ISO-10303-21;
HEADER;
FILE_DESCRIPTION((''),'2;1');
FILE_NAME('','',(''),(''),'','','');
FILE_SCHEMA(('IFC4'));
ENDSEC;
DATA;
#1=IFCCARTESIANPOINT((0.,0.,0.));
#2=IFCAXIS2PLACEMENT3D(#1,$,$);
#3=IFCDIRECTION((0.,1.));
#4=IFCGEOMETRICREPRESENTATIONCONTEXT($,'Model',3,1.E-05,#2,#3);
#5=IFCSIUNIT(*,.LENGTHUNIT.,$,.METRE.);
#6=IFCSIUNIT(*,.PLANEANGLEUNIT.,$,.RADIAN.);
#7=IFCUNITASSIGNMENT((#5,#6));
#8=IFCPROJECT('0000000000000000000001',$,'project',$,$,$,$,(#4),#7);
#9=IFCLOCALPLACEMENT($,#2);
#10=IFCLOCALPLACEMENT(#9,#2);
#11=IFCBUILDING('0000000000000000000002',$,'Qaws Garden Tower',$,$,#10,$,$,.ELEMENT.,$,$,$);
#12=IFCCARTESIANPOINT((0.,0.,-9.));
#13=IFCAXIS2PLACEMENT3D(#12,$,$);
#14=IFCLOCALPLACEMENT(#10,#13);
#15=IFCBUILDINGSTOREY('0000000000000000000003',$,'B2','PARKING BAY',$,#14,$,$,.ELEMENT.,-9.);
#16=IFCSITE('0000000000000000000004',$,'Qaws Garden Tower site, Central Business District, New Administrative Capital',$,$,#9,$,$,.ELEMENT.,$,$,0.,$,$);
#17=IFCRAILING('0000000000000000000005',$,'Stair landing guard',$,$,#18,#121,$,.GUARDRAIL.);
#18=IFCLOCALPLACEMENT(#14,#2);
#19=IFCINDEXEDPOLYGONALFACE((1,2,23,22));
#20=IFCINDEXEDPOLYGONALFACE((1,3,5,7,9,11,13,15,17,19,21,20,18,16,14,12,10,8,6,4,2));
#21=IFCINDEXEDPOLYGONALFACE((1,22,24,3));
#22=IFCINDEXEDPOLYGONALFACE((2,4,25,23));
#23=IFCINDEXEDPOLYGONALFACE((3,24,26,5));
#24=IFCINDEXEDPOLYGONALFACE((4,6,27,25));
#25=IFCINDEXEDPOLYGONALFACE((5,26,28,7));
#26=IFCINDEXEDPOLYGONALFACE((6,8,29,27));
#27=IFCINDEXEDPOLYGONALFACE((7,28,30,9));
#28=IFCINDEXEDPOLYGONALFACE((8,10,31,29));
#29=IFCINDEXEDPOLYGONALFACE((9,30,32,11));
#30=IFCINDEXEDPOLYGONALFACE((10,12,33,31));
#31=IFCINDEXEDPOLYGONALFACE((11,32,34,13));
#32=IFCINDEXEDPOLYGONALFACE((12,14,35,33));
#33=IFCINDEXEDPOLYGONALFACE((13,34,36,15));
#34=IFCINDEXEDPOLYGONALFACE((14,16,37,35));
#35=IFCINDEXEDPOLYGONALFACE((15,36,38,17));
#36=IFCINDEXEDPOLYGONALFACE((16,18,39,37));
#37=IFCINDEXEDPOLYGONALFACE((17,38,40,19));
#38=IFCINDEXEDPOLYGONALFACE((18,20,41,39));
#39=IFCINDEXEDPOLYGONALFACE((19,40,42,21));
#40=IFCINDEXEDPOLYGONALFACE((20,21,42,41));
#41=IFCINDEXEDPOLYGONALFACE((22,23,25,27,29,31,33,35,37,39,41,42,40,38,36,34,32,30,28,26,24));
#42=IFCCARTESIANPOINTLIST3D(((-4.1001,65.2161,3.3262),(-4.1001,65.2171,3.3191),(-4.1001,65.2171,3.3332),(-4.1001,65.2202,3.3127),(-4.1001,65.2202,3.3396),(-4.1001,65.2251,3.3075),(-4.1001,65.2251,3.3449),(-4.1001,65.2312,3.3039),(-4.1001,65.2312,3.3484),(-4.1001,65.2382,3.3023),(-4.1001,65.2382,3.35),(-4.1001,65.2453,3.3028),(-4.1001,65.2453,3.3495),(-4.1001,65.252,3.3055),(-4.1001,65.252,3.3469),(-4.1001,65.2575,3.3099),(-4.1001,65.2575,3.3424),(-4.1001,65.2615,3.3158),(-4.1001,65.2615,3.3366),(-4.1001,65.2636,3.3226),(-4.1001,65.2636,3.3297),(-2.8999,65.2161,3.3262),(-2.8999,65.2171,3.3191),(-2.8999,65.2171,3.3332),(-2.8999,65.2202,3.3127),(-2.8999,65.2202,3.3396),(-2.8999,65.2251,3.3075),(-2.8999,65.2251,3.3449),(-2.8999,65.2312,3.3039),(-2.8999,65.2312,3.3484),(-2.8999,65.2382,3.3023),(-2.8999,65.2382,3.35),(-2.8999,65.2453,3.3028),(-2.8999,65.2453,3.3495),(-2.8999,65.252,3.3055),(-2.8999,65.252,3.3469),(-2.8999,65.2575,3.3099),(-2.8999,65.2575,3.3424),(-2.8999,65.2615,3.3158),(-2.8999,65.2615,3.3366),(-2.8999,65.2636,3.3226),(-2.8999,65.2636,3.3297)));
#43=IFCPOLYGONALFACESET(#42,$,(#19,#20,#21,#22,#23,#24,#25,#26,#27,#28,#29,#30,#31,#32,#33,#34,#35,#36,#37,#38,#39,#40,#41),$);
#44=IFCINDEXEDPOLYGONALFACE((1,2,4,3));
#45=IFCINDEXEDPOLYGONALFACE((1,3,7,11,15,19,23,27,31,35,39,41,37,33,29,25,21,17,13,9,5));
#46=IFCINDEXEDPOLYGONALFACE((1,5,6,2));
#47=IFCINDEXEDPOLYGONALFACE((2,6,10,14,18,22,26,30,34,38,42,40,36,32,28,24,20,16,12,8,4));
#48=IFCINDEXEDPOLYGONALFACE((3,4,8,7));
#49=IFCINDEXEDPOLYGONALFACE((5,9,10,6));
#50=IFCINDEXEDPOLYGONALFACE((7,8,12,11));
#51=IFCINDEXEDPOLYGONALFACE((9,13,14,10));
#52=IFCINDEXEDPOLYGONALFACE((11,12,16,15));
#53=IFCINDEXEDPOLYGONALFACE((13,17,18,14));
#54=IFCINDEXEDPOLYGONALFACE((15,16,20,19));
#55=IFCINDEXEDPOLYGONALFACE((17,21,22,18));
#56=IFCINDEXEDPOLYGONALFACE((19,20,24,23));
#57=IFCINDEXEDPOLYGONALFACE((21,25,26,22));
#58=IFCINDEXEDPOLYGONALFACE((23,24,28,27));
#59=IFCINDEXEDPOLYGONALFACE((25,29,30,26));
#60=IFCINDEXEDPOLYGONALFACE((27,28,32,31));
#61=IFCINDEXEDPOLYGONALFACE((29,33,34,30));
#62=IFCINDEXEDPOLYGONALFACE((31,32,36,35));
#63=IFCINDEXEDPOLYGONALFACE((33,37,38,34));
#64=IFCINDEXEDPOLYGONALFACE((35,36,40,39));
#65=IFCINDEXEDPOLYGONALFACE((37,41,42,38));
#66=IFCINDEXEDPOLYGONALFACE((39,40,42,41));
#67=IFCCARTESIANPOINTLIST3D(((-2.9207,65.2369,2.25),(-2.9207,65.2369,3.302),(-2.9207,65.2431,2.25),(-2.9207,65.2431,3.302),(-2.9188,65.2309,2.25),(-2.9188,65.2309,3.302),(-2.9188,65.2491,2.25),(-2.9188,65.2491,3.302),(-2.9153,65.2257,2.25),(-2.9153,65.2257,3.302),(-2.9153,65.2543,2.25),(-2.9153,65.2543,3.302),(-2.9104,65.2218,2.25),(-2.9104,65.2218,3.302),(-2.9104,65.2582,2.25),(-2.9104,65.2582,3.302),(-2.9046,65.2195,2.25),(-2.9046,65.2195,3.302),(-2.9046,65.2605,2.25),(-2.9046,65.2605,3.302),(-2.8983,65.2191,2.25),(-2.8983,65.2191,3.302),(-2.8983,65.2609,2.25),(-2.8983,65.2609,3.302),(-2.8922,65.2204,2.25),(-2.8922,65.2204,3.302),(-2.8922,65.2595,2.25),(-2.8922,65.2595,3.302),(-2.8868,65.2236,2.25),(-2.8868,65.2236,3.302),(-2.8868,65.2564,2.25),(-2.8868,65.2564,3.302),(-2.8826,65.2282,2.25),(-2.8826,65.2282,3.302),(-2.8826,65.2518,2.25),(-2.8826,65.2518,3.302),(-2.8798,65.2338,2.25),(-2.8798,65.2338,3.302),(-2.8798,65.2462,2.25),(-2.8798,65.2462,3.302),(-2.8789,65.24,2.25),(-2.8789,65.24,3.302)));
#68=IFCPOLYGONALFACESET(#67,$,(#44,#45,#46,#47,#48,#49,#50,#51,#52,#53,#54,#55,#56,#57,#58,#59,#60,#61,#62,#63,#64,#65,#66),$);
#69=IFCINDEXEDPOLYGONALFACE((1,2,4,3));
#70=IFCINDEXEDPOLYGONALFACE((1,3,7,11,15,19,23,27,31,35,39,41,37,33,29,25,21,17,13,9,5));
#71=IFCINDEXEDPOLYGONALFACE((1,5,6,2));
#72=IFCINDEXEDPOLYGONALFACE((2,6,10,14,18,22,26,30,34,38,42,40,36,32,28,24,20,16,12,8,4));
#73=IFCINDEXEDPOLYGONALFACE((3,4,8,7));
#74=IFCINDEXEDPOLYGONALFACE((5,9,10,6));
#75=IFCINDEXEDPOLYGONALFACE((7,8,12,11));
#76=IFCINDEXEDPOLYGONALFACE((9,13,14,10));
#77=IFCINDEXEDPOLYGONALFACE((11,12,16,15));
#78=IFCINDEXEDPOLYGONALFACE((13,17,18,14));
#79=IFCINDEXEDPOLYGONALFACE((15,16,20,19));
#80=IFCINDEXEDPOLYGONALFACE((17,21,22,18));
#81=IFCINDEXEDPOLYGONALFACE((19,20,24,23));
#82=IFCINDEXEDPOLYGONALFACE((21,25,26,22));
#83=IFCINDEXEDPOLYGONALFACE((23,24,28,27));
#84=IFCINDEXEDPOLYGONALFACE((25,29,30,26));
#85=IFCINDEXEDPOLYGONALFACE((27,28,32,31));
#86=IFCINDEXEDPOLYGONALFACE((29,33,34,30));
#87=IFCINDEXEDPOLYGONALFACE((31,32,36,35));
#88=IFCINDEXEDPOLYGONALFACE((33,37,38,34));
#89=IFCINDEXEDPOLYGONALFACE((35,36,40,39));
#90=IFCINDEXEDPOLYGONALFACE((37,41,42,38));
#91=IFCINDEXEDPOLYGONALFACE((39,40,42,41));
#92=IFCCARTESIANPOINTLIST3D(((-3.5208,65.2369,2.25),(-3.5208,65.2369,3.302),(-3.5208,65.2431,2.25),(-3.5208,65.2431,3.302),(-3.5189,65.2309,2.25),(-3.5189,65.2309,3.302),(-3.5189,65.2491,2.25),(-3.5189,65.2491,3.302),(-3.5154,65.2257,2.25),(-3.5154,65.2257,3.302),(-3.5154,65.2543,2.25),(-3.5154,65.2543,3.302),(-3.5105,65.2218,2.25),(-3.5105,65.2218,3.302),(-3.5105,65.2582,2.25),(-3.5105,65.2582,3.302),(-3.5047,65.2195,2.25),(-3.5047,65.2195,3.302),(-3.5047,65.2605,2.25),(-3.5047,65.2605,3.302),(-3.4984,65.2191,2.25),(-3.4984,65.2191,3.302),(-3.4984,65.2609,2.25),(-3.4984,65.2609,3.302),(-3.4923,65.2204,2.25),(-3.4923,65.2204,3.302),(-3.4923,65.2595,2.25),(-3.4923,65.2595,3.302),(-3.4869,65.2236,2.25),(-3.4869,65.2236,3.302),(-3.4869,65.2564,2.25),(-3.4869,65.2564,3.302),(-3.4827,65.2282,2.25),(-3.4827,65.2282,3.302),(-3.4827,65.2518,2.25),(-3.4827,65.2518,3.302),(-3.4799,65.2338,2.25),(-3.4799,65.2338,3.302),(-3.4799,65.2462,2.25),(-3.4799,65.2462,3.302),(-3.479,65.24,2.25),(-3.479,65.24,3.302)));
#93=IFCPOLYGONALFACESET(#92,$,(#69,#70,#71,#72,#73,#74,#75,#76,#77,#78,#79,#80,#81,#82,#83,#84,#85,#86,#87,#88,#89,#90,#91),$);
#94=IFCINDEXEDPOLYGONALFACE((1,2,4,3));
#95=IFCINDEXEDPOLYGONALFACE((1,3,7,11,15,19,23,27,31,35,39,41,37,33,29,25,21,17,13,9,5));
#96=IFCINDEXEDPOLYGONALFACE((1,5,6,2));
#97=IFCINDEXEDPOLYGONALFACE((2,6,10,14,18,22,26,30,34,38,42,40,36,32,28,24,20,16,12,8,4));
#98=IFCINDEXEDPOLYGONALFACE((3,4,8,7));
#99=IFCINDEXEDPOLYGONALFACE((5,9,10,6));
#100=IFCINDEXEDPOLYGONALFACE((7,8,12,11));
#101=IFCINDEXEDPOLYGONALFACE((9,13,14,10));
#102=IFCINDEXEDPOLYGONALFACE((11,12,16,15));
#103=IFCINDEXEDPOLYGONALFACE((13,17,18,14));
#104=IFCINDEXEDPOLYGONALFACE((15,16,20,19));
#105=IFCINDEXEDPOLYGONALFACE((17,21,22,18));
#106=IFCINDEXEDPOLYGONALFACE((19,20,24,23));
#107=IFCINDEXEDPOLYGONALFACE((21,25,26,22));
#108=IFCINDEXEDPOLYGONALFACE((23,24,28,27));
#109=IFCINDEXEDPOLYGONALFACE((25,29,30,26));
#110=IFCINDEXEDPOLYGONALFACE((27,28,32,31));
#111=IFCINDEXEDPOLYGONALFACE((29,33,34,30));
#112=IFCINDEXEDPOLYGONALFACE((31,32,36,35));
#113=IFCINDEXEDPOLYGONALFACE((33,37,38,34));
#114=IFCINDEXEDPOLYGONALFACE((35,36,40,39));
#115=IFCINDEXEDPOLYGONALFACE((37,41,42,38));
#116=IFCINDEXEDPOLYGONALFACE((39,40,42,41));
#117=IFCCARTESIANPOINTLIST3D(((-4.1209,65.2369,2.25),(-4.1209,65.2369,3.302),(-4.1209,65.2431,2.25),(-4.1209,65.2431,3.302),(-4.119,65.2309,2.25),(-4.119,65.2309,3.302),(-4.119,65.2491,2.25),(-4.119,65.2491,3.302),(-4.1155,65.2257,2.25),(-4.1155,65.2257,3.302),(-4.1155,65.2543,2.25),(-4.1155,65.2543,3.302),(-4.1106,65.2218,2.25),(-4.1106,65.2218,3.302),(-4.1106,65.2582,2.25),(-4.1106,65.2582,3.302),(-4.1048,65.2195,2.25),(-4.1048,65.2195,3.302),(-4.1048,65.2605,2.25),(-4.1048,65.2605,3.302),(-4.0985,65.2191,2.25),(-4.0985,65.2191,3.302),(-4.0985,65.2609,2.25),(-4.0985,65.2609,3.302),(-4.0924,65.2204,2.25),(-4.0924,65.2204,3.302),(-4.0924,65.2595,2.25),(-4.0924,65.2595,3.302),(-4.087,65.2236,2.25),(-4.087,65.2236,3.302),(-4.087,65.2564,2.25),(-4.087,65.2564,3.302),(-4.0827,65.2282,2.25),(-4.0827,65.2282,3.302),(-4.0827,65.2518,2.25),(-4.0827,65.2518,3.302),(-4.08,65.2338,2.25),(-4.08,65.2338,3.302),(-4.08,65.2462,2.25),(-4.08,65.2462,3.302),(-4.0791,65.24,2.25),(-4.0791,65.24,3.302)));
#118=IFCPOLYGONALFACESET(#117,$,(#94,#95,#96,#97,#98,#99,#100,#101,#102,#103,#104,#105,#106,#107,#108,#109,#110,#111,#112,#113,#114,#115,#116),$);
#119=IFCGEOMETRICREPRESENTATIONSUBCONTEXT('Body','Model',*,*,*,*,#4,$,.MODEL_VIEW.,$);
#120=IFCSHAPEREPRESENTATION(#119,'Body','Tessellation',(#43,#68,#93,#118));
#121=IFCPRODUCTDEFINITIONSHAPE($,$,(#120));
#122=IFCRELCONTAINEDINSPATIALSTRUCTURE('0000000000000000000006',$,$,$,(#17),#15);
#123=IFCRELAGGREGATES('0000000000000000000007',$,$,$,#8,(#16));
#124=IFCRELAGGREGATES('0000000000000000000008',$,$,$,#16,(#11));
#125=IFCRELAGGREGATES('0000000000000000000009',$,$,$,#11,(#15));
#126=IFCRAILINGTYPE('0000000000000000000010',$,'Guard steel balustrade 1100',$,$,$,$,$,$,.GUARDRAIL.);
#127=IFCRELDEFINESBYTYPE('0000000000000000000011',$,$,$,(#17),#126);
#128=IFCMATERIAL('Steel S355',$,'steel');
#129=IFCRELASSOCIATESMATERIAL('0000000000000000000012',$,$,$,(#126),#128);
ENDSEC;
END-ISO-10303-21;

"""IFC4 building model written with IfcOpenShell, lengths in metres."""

from ifc_helpers import new_model, si_unit, direction, frame, origin, origin_2d, place, context, subcontext, project, spatial, circle, extrude, material, type_object, element, save


model = new_model("IFC4")

# Units and contexts
model_context = context("Model", 3, precision=1e-05, world=origin(), true_north=direction((0.0, 1.0)))
body_context = subcontext(model_context, "Body", "Model", "MODEL_VIEW")
ifc_project = project(units=[si_unit("LENGTHUNIT", "METRE"), si_unit("PLANEANGLEUNIT", "RADIAN")], contexts=[model_context])

# Site, building, storey
site_placement = place(None, origin())
site = spatial("IfcSite", under=ifc_project, at=site_placement, Name="Qaws Garden Tower site, Central Business District, New Administrative Capital", CompositionType="ELEMENT", RefElevation=0.0)
building_placement = place(site_placement, origin())
building = spatial("IfcBuilding", under=site, at=building_placement, Name="Qaws Garden Tower", CompositionType="ELEMENT")
storey_placement = place(building_placement, frame((0.0, 0.0, -9.0)))
storey = spatial("IfcBuildingStorey", under=building, at=storey_placement, Name="B2", Description="PARKING BAY", CompositionType="ELEMENT", Elevation=-9.0)

# Railing
ifc_material_1 = material(Name="Steel S355", Category="steel")
railing_type_1 = type_object("IfcRailingType", Name="Guard steel balustrade 1100", PredefinedType="GUARDRAIL", material=ifc_material_1)
railing_placement = place(storey_placement, frame((-2.8999, 65.24, 2.25)))
element("IfcRailing", 1, at=railing_placement, inside=storey, type_object=railing_type_1, Name="Stair landing guard", PredefinedType="GUARDRAIL", context=body_context, shape_type="SweptSolid", body=[
    extrude(circle(Radius=0.0239, at=origin_2d()), frame((0.0, 0.0, 1.0762), z_axis=(-1.0, 0.0, 0.0), x_axis=(0.0, -1.0, 0.0)), (0.0, 0.0, 1.0), 1.2002),
    extrude(circle(Radius=0.021, at=origin_2d()), origin(), (0.0, 0.0, 1.0), 1.052),
    extrude(circle(Radius=0.021, at=origin_2d()), frame((-0.6001, 0.0, 0.0)), (0.0, 0.0, 1.0), 1.052),
    extrude(circle(Radius=0.021, at=origin_2d()), frame((-1.2002, 0.0, 0.0)), (0.0, 0.0, 1.0), 1.052),
])

save(model, "model.ifc")
